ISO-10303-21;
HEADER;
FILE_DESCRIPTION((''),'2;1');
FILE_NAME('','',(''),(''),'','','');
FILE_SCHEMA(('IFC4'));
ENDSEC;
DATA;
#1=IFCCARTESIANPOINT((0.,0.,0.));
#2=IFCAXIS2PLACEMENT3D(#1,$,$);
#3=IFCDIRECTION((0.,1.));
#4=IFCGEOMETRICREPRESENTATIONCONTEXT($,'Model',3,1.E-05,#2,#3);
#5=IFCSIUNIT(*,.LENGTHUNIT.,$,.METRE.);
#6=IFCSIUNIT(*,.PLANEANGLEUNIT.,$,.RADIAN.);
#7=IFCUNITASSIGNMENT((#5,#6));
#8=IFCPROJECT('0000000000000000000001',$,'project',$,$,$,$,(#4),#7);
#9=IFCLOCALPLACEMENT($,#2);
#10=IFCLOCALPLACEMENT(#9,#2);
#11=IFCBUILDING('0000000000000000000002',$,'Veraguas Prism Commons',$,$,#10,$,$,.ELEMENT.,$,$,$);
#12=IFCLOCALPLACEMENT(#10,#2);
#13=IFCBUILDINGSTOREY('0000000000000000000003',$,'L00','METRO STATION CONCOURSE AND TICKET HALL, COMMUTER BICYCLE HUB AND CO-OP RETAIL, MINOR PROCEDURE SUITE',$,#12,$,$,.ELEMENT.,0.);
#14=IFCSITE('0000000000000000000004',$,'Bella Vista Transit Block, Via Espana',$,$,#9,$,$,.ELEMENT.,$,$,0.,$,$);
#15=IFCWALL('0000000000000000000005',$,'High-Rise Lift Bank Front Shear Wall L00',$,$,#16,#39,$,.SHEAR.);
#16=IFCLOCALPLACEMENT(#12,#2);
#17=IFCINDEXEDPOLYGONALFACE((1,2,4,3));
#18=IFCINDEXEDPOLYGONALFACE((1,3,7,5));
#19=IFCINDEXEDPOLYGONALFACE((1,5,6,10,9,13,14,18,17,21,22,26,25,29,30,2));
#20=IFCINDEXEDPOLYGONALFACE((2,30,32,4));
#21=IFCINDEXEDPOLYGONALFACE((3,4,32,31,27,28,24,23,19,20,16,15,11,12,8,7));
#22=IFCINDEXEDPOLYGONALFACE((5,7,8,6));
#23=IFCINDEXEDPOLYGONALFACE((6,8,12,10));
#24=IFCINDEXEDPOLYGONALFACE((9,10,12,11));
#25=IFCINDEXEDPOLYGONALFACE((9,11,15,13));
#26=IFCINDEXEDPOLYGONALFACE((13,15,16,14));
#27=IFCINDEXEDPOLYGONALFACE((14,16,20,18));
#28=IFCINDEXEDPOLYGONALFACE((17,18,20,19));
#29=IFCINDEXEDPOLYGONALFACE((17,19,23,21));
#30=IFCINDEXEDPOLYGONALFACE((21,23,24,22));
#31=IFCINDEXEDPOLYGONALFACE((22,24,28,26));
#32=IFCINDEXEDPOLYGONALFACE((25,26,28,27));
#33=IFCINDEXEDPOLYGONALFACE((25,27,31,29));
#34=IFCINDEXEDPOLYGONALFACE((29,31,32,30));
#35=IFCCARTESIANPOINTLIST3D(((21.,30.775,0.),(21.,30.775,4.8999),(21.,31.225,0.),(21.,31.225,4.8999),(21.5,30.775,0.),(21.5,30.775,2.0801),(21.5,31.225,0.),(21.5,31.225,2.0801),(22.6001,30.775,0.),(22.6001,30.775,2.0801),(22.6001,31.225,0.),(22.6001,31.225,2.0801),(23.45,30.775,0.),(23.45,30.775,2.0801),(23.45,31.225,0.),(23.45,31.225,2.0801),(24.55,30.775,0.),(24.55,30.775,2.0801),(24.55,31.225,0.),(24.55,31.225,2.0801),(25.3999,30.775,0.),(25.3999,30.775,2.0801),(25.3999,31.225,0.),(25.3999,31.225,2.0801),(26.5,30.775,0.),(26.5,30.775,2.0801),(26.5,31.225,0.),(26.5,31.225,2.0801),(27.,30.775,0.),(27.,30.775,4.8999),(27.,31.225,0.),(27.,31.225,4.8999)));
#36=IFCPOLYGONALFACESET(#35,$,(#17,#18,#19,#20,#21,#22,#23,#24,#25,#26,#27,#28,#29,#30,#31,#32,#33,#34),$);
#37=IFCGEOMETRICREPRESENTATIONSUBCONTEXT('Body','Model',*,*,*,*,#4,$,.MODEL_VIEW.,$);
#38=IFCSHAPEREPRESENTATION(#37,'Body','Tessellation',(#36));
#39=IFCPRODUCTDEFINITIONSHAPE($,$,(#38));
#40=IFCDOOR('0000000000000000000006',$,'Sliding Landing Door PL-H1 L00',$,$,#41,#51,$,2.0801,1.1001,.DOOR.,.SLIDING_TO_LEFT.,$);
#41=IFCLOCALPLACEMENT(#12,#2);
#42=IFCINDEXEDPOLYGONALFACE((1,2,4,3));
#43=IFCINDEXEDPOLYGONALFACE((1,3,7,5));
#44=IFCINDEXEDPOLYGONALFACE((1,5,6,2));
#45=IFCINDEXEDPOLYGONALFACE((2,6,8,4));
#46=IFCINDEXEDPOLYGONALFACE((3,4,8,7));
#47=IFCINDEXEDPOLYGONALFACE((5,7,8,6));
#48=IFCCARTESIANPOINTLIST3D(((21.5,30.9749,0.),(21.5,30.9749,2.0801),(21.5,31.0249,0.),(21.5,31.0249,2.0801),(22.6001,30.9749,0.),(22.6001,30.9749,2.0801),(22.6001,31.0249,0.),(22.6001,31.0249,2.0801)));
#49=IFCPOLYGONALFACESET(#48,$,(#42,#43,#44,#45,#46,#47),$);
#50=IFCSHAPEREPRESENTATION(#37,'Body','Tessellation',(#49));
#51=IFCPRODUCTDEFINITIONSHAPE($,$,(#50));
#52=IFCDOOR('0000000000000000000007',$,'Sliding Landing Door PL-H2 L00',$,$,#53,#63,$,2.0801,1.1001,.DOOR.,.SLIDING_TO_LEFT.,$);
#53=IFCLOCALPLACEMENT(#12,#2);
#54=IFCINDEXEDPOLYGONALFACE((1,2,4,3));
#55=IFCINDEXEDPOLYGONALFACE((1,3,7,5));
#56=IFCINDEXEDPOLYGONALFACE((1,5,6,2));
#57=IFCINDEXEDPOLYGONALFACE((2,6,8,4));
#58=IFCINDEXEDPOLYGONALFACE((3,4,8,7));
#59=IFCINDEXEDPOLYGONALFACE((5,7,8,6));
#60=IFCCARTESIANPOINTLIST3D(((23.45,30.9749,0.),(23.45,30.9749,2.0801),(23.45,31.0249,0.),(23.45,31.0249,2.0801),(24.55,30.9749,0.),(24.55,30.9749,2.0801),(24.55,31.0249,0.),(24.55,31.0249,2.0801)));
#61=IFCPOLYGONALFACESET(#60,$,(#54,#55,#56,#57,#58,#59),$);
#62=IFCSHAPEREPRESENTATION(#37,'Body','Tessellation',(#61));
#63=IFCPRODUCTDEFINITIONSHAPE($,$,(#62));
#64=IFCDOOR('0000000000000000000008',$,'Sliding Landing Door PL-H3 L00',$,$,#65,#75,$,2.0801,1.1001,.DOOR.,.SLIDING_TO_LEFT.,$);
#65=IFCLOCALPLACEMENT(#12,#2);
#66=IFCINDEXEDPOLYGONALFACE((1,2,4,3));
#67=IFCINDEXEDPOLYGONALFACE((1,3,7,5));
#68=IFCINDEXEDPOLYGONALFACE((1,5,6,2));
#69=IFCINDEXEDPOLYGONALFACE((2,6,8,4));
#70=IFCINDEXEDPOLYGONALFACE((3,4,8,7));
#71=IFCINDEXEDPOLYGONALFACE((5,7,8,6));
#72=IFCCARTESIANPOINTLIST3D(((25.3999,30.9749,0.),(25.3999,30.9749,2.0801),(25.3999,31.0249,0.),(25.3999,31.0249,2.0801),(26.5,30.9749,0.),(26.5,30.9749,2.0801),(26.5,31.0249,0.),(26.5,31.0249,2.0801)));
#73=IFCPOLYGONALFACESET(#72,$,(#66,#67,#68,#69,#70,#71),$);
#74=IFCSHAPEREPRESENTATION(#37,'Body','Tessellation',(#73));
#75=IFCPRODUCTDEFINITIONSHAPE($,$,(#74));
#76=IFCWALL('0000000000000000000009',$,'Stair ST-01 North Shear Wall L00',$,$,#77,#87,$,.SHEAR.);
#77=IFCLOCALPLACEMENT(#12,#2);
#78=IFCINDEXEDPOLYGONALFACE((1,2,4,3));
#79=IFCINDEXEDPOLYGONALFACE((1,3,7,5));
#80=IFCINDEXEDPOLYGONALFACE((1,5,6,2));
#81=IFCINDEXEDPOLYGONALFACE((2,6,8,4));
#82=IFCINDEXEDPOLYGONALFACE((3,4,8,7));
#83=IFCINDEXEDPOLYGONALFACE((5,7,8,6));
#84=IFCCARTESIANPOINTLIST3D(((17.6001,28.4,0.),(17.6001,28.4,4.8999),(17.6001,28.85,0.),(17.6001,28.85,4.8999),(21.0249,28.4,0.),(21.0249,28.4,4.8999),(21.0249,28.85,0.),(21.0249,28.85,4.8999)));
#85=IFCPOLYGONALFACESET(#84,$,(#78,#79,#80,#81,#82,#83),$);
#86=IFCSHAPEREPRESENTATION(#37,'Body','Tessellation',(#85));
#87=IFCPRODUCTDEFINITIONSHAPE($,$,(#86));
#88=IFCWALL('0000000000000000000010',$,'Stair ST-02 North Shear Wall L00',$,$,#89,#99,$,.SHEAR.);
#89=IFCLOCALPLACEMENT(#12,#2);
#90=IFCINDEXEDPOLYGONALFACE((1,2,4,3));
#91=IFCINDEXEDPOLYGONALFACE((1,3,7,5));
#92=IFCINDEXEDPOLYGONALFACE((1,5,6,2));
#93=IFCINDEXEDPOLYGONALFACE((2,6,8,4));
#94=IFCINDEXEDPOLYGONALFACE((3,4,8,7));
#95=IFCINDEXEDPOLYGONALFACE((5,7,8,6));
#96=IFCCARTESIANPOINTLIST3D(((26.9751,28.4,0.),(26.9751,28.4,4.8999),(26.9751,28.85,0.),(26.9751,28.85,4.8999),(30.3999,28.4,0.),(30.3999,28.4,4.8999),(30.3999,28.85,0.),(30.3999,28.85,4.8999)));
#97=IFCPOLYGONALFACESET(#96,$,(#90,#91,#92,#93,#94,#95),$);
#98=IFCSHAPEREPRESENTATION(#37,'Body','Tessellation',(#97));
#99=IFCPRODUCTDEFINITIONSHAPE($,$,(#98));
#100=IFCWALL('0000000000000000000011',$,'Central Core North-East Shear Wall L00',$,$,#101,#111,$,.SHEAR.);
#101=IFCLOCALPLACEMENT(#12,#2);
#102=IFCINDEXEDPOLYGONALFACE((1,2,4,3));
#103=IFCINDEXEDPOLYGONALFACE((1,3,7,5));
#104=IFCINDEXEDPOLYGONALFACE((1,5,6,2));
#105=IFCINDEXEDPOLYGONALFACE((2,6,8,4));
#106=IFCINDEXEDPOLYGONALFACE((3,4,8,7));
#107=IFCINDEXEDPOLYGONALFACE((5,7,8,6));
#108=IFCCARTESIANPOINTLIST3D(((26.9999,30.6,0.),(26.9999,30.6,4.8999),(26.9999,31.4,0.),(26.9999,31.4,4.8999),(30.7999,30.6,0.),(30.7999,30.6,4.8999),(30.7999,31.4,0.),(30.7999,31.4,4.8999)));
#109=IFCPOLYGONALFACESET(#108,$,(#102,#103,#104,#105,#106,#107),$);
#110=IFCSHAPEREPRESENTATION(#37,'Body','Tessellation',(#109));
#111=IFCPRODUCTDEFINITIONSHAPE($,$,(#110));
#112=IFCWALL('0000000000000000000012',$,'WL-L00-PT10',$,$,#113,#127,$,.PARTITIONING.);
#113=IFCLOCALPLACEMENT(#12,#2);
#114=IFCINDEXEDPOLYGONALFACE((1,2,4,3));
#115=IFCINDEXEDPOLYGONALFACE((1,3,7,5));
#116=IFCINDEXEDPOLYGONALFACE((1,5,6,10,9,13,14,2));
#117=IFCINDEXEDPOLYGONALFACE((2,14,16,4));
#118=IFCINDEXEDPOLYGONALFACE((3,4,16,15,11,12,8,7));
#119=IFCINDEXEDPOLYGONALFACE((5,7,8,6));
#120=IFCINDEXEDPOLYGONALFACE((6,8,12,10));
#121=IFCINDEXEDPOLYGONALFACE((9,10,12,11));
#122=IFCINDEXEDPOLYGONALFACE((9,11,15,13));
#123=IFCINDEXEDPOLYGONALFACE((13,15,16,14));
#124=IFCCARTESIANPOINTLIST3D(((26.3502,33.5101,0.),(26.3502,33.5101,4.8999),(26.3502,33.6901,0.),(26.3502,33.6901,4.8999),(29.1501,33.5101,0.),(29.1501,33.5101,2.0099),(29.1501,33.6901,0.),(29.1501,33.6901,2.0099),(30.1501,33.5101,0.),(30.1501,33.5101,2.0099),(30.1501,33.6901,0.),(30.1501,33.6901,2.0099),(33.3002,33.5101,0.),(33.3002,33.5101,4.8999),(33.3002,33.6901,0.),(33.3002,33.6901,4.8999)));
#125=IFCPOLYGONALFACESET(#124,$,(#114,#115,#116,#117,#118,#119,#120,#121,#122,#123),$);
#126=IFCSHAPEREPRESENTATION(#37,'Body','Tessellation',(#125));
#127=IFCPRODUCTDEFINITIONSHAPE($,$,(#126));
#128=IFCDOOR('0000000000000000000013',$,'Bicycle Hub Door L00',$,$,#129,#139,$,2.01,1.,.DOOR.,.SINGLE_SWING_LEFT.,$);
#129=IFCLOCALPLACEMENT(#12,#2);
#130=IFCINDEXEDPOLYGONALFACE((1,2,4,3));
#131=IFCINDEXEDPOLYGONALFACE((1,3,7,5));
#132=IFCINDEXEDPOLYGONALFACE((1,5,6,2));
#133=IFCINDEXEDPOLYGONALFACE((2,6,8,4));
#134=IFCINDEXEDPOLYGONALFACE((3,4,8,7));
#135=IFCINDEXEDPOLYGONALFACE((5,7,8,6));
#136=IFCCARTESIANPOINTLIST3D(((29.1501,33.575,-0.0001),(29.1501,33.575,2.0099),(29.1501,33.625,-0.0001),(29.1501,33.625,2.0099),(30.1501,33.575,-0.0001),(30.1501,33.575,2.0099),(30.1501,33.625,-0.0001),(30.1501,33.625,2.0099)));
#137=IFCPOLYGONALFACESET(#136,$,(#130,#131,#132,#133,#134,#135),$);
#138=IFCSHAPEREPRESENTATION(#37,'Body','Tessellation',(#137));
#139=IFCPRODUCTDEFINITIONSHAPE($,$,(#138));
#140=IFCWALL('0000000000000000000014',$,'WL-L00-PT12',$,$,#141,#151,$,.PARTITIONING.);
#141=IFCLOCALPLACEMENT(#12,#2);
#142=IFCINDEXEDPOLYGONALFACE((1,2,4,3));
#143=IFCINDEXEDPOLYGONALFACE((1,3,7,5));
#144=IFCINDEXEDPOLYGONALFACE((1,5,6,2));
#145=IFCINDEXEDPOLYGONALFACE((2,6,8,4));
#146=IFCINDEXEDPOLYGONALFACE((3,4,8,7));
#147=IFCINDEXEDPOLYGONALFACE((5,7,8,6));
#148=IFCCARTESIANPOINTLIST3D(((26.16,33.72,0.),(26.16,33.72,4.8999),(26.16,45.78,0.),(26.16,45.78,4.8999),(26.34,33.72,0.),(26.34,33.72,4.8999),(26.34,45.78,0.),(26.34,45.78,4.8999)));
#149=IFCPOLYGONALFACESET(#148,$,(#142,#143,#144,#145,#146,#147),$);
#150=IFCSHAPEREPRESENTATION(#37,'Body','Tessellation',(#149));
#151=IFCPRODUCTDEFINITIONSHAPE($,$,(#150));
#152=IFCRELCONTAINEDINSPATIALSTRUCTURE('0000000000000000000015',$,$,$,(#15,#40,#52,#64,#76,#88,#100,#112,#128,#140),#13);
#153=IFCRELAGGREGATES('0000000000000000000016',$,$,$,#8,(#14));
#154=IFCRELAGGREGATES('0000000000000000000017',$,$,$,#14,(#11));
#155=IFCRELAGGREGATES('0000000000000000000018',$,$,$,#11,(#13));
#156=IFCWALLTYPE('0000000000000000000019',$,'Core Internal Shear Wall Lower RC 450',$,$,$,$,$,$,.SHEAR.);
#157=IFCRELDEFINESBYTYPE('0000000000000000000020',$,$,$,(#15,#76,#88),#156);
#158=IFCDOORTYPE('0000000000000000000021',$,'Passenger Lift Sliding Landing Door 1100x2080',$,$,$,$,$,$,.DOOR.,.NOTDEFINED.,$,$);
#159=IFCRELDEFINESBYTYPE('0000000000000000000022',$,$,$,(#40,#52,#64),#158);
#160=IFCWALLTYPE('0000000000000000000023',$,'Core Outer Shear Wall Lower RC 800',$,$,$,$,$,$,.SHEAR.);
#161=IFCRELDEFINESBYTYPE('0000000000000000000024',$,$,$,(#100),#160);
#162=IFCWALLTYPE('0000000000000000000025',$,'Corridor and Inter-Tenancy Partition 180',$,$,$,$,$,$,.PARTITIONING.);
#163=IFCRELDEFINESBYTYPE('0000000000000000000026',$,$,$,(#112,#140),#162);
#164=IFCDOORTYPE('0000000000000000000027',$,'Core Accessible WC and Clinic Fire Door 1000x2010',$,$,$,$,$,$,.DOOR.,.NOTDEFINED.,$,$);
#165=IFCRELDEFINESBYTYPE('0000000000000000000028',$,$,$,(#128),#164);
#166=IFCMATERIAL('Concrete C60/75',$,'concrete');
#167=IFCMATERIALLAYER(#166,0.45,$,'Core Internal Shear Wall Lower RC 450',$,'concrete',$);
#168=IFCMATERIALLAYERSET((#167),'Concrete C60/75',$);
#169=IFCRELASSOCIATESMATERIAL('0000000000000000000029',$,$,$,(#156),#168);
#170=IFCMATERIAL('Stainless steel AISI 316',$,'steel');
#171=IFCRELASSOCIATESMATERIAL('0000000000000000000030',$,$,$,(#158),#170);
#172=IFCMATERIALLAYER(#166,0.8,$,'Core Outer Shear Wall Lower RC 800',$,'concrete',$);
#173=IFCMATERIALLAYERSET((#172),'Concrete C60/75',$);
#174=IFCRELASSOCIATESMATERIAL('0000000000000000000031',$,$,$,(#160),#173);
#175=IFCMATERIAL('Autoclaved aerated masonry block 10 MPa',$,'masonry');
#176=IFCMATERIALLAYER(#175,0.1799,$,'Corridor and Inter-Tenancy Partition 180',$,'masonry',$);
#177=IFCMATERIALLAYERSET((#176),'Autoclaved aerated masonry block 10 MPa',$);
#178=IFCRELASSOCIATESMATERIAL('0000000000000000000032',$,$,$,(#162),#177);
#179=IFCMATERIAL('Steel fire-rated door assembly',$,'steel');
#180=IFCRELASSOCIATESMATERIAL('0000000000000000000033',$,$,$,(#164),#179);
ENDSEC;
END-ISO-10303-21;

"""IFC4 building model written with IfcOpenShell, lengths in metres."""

from ifc_helpers import new_model, si_unit, direction, frame, frame_2d, origin, place, context, subcontext, project, spatial, rectangle, extrude, source, transform, mapped, material, layer, layer_set, type_object, element, fill, save


model = new_model("IFC4")

# Units and contexts
model_context = context("Model", 3, precision=1e-05, world=origin(), true_north=direction((0.0, 1.0)))
body_context = subcontext(model_context, "Body", "Model", "MODEL_VIEW")
ifc_project = project(units=[si_unit("LENGTHUNIT", "METRE"), si_unit("PLANEANGLEUNIT", "RADIAN")], contexts=[model_context])

# Site, building, storey
site_placement = place(None, origin())
site = spatial("IfcSite", under=ifc_project, at=site_placement, Name="Bella Vista Transit Block, Via Espana", CompositionType="ELEMENT", RefElevation=0.0)
building_placement = place(site_placement, origin())
building = spatial("IfcBuilding", under=site, at=building_placement, Name="Veraguas Prism Commons", CompositionType="ELEMENT")
storey_placement = place(building_placement, origin())
storey = spatial("IfcBuildingStorey", under=building, at=storey_placement, Name="L00", Description="METRO STATION CONCOURSE AND TICKET HALL, COMMUTER BICYCLE HUB AND CO-OP RETAIL, MINOR PROCEDURE SUITE", CompositionType="ELEMENT", Elevation=0.0)

# Shared definitions
ifc_material_1 = material(Name="Concrete C60/75", Category="concrete")

# Wall, openings, doors
ifc_layer_1 = layer(ifc_material_1, 0.45, Name="Core Internal Shear Wall Lower RC 450", Category="concrete")
ifc_layer_set_1 = layer_set([ifc_layer_1], Name="Concrete C60/75")
wall_type_1 = type_object("IfcWallType", Name="Core Internal Shear Wall Lower RC 450", PredefinedType="SHEAR", material=ifc_layer_set_1)
wall_1_placement = place(storey_placement, frame((21.0, 31.0, 0.0), z_axis=(0.0, 0.0, 1.0), x_axis=(1.0, 0.0, 0.0)))
wall_1 = element("IfcWall", 1, at=wall_1_placement, inside=storey, type_object=wall_type_1, Name="High-Rise Lift Bank Front Shear Wall L00", PredefinedType="SHEAR", context=body_context, shape_type="SweptSolid", body=[
    extrude(rectangle(XDim=6.0, YDim=0.45, at=frame_2d((3.0, 0.0))), origin(), (0.0, 0.0, 1.0), 4.8999),
])
opening_1_placement = place(wall_1_placement, frame((0.5, 0.0, 0.0)))
opening_1 = element("IfcOpeningElement", 2, at=opening_1_placement, cuts=wall_1, PredefinedType="OPENING", context=body_context, shape_type="SweptSolid", body=[
    extrude(rectangle(XDim=1.1001, YDim=2.0801, at=frame_2d((0.55, 1.04))), frame((0.0, 0.2349, 0.0), z_axis=(0.0, -1.0, 0.0), x_axis=(1.0, 0.0, 0.0)), (0.0, 0.0, 1.0), 0.47),
])
opening_2_placement = place(wall_1_placement, frame((2.45, 0.0, 0.0)))
opening_2 = element("IfcOpeningElement", 3, at=opening_2_placement, cuts=wall_1, PredefinedType="OPENING", context=body_context, shape_type="SweptSolid", body=[
    extrude(rectangle(XDim=1.1001, YDim=2.0801, at=frame_2d((0.55, 1.04))), frame((0.0, 0.2349, 0.0), z_axis=(0.0, -1.0, 0.0), x_axis=(1.0, 0.0, 0.0)), (0.0, 0.0, 1.0), 0.47),
])
opening_3_placement = place(wall_1_placement, frame((4.3999, 0.0, 0.0)))
opening_3 = element("IfcOpeningElement", 4, at=opening_3_placement, cuts=wall_1, PredefinedType="OPENING", context=body_context, shape_type="SweptSolid", body=[
    extrude(rectangle(XDim=1.1001, YDim=2.0801, at=frame_2d((0.55, 1.04))), frame((0.0, 0.2349, 0.0), z_axis=(0.0, -1.0, 0.0), x_axis=(1.0, 0.0, 0.0)), (0.0, 0.0, 1.0), 0.47),
])
ifc_material_2 = material(Name="Stainless steel AISI 316", Category="steel")
door_type_1 = type_object("IfcDoorType", Name="Passenger Lift Sliding Landing Door 1100x2080", OperationType="NOTDEFINED", PredefinedType="DOOR", material=ifc_material_2)
shared_shape_1 = source(origin(), body_context, "Body", "SweptSolid", [
    extrude(rectangle(XDim=1.1001, YDim=2.0801, at=frame_2d((0.55, 1.04))), frame((0.0, 0.0249, 0.0), z_axis=(0.0, -1.0, 0.0), x_axis=(1.0, 0.0, 0.0)), (0.0, 0.0, 1.0), 0.05),
])
door_1_placement = place(opening_1_placement, origin())
door_1 = element("IfcDoor", 5, at=door_1_placement, inside=storey, type_object=door_type_1, Name="Sliding Landing Door PL-H1 L00", OperationType="SLIDING_TO_LEFT", OverallHeight=2.0801, OverallWidth=1.1001, PredefinedType="DOOR", context=body_context, shape_type="MappedRepresentation", body=[
    mapped(shared_shape_1, transform((0.0, 0.0, 0.0), scale=1.0)),
])
fill(opening_1, door_1)
door_2_placement = place(opening_2_placement, origin())
door_2 = element("IfcDoor", 6, at=door_2_placement, inside=storey, type_object=door_type_1, Name="Sliding Landing Door PL-H2 L00", OperationType="SLIDING_TO_LEFT", OverallHeight=2.0801, OverallWidth=1.1001, PredefinedType="DOOR", context=body_context, shape_type="MappedRepresentation", body=[
    mapped(shared_shape_1, transform((0.0, 0.0, 0.0), scale=1.0)),
])
fill(opening_2, door_2)
door_3_placement = place(opening_3_placement, origin())
door_3 = element("IfcDoor", 7, at=door_3_placement, inside=storey, type_object=door_type_1, Name="Sliding Landing Door PL-H3 L00", OperationType="SLIDING_TO_LEFT", OverallHeight=2.0801, OverallWidth=1.1001, PredefinedType="DOOR", context=body_context, shape_type="MappedRepresentation", body=[
    mapped(shared_shape_1, transform((0.0, 0.0, 0.0), scale=1.0)),
])
fill(opening_3, door_3)

# Walls
for number, where, z_axis, x_axis, name in (
    (8, (17.6001, 28.625, 0.0), (0.0, 0.0, 1.0), (1.0, 0.0, 0.0), "Stair ST-01 North Shear Wall L00"),
    (9, (26.9751, 28.625, 0.0), (0.0, 0.0, 1.0), (1.0, 0.0, 0.0), "Stair ST-02 North Shear Wall L00"),
):
    element("IfcWall", number, at=place(storey_placement, frame(where, z_axis=z_axis, x_axis=x_axis)), inside=storey, type_object=wall_type_1, Name=name, PredefinedType="SHEAR", context=body_context, shape_type="SweptSolid", body=[
        extrude(rectangle(XDim=3.4248, YDim=0.45, at=frame_2d((1.7124, 0.0))), origin(), (0.0, 0.0, 1.0), 4.8999),
    ])
ifc_layer_2 = layer(ifc_material_1, 0.8, Name="Core Outer Shear Wall Lower RC 800", Category="concrete")
ifc_layer_set_2 = layer_set([ifc_layer_2], Name="Concrete C60/75")
wall_type_2 = type_object("IfcWallType", Name="Core Outer Shear Wall Lower RC 800", PredefinedType="SHEAR", material=ifc_layer_set_2)
wall_2_placement = place(storey_placement, frame((27.0, 31.0, 0.0), z_axis=(0.0, 0.0, 1.0), x_axis=(1.0, 0.0, 0.0)))
element("IfcWall", 10, at=wall_2_placement, inside=storey, type_object=wall_type_2, Name="Central Core North-East Shear Wall L00", PredefinedType="SHEAR", context=body_context, shape_type="SweptSolid", body=[
    extrude(rectangle(XDim=3.8, YDim=0.8, at=frame_2d((1.8999, 0.0))), origin(), (0.0, 0.0, 1.0), 4.8999),
])

# Wall, opening, door
ifc_material_3 = material(Name="Autoclaved aerated masonry block 10 MPa", Category="masonry")
ifc_layer_3 = layer(ifc_material_3, 0.1799, Name="Corridor and Inter-Tenancy Partition 180", Category="masonry")
ifc_layer_set_3 = layer_set([ifc_layer_3], Name="Autoclaved aerated masonry block 10 MPa")
wall_type_3 = type_object("IfcWallType", Name="Corridor and Inter-Tenancy Partition 180", PredefinedType="PARTITIONING", material=ifc_layer_set_3)
wall_3_placement = place(storey_placement, frame((26.3501, 33.6001, 0.0), z_axis=(0.0, 0.0, 1.0), x_axis=(1.0, 0.0, 0.0)))
wall_3 = element("IfcWall", 11, at=wall_3_placement, inside=storey, type_object=wall_type_3, Name="WL-L00-PT10", PredefinedType="PARTITIONING", context=body_context, shape_type="SweptSolid", body=[
    extrude(rectangle(XDim=6.95, YDim=0.1799, at=frame_2d((3.4751, 0.0))), origin(), (0.0, 0.0, 1.0), 4.8999),
])
opening_4_placement = place(wall_3_placement, frame((2.8, 0.0, 0.0)))
opening_4 = element("IfcOpeningElement", 12, at=opening_4_placement, cuts=wall_3, PredefinedType="OPENING", context=body_context, shape_type="SweptSolid", body=[
    extrude(rectangle(XDim=1.0, YDim=2.01, at=frame_2d((0.5, 1.0049))), frame((0.0, 0.0999, 0.0), z_axis=(0.0, -1.0, 0.0), x_axis=(1.0, 0.0, 0.0)), (0.0, 0.0, 1.0), 0.2),
])
ifc_material_4 = material(Name="Steel fire-rated door assembly", Category="steel")
door_type_2 = type_object("IfcDoorType", Name="Core Accessible WC and Clinic Fire Door 1000x2010", OperationType="NOTDEFINED", PredefinedType="DOOR", material=ifc_material_4)
shared_shape_2 = source(origin(), body_context, "Body", "SweptSolid", [
    extrude(rectangle(XDim=1.0, YDim=2.01, at=frame_2d((0.5, 1.0049))), frame((0.0, 0.0249, 0.0), z_axis=(0.0, -1.0, 0.0), x_axis=(1.0, 0.0, 0.0)), (0.0, 0.0, 1.0), 0.05),
])
door_4_placement = place(opening_4_placement, origin())
door_4 = element("IfcDoor", 13, at=door_4_placement, inside=storey, type_object=door_type_2, Name="Bicycle Hub Door L00", OperationType="SINGLE_SWING_LEFT", OverallHeight=2.01, OverallWidth=1.0, PredefinedType="DOOR", context=body_context, shape_type="MappedRepresentation", body=[
    mapped(shared_shape_2, transform((0.0, 0.0, 0.0), scale=1.0)),
])
fill(opening_4, door_4)

# Wall
wall_4_placement = place(storey_placement, frame((26.25, 33.72, 0.0), z_axis=(0.0, 0.0, 1.0), x_axis=(0.0, 1.0, 0.0)))
element("IfcWall", 14, at=wall_4_placement, inside=storey, type_object=wall_type_3, Name="WL-L00-PT12", PredefinedType="PARTITIONING", context=body_context, shape_type="SweptSolid", body=[
    extrude(rectangle(XDim=12.0601, YDim=0.1799, at=frame_2d((6.03, 0.0))), origin(), (0.0, 0.0, 1.0), 4.8999),
])

save(model, "model.ifc")
